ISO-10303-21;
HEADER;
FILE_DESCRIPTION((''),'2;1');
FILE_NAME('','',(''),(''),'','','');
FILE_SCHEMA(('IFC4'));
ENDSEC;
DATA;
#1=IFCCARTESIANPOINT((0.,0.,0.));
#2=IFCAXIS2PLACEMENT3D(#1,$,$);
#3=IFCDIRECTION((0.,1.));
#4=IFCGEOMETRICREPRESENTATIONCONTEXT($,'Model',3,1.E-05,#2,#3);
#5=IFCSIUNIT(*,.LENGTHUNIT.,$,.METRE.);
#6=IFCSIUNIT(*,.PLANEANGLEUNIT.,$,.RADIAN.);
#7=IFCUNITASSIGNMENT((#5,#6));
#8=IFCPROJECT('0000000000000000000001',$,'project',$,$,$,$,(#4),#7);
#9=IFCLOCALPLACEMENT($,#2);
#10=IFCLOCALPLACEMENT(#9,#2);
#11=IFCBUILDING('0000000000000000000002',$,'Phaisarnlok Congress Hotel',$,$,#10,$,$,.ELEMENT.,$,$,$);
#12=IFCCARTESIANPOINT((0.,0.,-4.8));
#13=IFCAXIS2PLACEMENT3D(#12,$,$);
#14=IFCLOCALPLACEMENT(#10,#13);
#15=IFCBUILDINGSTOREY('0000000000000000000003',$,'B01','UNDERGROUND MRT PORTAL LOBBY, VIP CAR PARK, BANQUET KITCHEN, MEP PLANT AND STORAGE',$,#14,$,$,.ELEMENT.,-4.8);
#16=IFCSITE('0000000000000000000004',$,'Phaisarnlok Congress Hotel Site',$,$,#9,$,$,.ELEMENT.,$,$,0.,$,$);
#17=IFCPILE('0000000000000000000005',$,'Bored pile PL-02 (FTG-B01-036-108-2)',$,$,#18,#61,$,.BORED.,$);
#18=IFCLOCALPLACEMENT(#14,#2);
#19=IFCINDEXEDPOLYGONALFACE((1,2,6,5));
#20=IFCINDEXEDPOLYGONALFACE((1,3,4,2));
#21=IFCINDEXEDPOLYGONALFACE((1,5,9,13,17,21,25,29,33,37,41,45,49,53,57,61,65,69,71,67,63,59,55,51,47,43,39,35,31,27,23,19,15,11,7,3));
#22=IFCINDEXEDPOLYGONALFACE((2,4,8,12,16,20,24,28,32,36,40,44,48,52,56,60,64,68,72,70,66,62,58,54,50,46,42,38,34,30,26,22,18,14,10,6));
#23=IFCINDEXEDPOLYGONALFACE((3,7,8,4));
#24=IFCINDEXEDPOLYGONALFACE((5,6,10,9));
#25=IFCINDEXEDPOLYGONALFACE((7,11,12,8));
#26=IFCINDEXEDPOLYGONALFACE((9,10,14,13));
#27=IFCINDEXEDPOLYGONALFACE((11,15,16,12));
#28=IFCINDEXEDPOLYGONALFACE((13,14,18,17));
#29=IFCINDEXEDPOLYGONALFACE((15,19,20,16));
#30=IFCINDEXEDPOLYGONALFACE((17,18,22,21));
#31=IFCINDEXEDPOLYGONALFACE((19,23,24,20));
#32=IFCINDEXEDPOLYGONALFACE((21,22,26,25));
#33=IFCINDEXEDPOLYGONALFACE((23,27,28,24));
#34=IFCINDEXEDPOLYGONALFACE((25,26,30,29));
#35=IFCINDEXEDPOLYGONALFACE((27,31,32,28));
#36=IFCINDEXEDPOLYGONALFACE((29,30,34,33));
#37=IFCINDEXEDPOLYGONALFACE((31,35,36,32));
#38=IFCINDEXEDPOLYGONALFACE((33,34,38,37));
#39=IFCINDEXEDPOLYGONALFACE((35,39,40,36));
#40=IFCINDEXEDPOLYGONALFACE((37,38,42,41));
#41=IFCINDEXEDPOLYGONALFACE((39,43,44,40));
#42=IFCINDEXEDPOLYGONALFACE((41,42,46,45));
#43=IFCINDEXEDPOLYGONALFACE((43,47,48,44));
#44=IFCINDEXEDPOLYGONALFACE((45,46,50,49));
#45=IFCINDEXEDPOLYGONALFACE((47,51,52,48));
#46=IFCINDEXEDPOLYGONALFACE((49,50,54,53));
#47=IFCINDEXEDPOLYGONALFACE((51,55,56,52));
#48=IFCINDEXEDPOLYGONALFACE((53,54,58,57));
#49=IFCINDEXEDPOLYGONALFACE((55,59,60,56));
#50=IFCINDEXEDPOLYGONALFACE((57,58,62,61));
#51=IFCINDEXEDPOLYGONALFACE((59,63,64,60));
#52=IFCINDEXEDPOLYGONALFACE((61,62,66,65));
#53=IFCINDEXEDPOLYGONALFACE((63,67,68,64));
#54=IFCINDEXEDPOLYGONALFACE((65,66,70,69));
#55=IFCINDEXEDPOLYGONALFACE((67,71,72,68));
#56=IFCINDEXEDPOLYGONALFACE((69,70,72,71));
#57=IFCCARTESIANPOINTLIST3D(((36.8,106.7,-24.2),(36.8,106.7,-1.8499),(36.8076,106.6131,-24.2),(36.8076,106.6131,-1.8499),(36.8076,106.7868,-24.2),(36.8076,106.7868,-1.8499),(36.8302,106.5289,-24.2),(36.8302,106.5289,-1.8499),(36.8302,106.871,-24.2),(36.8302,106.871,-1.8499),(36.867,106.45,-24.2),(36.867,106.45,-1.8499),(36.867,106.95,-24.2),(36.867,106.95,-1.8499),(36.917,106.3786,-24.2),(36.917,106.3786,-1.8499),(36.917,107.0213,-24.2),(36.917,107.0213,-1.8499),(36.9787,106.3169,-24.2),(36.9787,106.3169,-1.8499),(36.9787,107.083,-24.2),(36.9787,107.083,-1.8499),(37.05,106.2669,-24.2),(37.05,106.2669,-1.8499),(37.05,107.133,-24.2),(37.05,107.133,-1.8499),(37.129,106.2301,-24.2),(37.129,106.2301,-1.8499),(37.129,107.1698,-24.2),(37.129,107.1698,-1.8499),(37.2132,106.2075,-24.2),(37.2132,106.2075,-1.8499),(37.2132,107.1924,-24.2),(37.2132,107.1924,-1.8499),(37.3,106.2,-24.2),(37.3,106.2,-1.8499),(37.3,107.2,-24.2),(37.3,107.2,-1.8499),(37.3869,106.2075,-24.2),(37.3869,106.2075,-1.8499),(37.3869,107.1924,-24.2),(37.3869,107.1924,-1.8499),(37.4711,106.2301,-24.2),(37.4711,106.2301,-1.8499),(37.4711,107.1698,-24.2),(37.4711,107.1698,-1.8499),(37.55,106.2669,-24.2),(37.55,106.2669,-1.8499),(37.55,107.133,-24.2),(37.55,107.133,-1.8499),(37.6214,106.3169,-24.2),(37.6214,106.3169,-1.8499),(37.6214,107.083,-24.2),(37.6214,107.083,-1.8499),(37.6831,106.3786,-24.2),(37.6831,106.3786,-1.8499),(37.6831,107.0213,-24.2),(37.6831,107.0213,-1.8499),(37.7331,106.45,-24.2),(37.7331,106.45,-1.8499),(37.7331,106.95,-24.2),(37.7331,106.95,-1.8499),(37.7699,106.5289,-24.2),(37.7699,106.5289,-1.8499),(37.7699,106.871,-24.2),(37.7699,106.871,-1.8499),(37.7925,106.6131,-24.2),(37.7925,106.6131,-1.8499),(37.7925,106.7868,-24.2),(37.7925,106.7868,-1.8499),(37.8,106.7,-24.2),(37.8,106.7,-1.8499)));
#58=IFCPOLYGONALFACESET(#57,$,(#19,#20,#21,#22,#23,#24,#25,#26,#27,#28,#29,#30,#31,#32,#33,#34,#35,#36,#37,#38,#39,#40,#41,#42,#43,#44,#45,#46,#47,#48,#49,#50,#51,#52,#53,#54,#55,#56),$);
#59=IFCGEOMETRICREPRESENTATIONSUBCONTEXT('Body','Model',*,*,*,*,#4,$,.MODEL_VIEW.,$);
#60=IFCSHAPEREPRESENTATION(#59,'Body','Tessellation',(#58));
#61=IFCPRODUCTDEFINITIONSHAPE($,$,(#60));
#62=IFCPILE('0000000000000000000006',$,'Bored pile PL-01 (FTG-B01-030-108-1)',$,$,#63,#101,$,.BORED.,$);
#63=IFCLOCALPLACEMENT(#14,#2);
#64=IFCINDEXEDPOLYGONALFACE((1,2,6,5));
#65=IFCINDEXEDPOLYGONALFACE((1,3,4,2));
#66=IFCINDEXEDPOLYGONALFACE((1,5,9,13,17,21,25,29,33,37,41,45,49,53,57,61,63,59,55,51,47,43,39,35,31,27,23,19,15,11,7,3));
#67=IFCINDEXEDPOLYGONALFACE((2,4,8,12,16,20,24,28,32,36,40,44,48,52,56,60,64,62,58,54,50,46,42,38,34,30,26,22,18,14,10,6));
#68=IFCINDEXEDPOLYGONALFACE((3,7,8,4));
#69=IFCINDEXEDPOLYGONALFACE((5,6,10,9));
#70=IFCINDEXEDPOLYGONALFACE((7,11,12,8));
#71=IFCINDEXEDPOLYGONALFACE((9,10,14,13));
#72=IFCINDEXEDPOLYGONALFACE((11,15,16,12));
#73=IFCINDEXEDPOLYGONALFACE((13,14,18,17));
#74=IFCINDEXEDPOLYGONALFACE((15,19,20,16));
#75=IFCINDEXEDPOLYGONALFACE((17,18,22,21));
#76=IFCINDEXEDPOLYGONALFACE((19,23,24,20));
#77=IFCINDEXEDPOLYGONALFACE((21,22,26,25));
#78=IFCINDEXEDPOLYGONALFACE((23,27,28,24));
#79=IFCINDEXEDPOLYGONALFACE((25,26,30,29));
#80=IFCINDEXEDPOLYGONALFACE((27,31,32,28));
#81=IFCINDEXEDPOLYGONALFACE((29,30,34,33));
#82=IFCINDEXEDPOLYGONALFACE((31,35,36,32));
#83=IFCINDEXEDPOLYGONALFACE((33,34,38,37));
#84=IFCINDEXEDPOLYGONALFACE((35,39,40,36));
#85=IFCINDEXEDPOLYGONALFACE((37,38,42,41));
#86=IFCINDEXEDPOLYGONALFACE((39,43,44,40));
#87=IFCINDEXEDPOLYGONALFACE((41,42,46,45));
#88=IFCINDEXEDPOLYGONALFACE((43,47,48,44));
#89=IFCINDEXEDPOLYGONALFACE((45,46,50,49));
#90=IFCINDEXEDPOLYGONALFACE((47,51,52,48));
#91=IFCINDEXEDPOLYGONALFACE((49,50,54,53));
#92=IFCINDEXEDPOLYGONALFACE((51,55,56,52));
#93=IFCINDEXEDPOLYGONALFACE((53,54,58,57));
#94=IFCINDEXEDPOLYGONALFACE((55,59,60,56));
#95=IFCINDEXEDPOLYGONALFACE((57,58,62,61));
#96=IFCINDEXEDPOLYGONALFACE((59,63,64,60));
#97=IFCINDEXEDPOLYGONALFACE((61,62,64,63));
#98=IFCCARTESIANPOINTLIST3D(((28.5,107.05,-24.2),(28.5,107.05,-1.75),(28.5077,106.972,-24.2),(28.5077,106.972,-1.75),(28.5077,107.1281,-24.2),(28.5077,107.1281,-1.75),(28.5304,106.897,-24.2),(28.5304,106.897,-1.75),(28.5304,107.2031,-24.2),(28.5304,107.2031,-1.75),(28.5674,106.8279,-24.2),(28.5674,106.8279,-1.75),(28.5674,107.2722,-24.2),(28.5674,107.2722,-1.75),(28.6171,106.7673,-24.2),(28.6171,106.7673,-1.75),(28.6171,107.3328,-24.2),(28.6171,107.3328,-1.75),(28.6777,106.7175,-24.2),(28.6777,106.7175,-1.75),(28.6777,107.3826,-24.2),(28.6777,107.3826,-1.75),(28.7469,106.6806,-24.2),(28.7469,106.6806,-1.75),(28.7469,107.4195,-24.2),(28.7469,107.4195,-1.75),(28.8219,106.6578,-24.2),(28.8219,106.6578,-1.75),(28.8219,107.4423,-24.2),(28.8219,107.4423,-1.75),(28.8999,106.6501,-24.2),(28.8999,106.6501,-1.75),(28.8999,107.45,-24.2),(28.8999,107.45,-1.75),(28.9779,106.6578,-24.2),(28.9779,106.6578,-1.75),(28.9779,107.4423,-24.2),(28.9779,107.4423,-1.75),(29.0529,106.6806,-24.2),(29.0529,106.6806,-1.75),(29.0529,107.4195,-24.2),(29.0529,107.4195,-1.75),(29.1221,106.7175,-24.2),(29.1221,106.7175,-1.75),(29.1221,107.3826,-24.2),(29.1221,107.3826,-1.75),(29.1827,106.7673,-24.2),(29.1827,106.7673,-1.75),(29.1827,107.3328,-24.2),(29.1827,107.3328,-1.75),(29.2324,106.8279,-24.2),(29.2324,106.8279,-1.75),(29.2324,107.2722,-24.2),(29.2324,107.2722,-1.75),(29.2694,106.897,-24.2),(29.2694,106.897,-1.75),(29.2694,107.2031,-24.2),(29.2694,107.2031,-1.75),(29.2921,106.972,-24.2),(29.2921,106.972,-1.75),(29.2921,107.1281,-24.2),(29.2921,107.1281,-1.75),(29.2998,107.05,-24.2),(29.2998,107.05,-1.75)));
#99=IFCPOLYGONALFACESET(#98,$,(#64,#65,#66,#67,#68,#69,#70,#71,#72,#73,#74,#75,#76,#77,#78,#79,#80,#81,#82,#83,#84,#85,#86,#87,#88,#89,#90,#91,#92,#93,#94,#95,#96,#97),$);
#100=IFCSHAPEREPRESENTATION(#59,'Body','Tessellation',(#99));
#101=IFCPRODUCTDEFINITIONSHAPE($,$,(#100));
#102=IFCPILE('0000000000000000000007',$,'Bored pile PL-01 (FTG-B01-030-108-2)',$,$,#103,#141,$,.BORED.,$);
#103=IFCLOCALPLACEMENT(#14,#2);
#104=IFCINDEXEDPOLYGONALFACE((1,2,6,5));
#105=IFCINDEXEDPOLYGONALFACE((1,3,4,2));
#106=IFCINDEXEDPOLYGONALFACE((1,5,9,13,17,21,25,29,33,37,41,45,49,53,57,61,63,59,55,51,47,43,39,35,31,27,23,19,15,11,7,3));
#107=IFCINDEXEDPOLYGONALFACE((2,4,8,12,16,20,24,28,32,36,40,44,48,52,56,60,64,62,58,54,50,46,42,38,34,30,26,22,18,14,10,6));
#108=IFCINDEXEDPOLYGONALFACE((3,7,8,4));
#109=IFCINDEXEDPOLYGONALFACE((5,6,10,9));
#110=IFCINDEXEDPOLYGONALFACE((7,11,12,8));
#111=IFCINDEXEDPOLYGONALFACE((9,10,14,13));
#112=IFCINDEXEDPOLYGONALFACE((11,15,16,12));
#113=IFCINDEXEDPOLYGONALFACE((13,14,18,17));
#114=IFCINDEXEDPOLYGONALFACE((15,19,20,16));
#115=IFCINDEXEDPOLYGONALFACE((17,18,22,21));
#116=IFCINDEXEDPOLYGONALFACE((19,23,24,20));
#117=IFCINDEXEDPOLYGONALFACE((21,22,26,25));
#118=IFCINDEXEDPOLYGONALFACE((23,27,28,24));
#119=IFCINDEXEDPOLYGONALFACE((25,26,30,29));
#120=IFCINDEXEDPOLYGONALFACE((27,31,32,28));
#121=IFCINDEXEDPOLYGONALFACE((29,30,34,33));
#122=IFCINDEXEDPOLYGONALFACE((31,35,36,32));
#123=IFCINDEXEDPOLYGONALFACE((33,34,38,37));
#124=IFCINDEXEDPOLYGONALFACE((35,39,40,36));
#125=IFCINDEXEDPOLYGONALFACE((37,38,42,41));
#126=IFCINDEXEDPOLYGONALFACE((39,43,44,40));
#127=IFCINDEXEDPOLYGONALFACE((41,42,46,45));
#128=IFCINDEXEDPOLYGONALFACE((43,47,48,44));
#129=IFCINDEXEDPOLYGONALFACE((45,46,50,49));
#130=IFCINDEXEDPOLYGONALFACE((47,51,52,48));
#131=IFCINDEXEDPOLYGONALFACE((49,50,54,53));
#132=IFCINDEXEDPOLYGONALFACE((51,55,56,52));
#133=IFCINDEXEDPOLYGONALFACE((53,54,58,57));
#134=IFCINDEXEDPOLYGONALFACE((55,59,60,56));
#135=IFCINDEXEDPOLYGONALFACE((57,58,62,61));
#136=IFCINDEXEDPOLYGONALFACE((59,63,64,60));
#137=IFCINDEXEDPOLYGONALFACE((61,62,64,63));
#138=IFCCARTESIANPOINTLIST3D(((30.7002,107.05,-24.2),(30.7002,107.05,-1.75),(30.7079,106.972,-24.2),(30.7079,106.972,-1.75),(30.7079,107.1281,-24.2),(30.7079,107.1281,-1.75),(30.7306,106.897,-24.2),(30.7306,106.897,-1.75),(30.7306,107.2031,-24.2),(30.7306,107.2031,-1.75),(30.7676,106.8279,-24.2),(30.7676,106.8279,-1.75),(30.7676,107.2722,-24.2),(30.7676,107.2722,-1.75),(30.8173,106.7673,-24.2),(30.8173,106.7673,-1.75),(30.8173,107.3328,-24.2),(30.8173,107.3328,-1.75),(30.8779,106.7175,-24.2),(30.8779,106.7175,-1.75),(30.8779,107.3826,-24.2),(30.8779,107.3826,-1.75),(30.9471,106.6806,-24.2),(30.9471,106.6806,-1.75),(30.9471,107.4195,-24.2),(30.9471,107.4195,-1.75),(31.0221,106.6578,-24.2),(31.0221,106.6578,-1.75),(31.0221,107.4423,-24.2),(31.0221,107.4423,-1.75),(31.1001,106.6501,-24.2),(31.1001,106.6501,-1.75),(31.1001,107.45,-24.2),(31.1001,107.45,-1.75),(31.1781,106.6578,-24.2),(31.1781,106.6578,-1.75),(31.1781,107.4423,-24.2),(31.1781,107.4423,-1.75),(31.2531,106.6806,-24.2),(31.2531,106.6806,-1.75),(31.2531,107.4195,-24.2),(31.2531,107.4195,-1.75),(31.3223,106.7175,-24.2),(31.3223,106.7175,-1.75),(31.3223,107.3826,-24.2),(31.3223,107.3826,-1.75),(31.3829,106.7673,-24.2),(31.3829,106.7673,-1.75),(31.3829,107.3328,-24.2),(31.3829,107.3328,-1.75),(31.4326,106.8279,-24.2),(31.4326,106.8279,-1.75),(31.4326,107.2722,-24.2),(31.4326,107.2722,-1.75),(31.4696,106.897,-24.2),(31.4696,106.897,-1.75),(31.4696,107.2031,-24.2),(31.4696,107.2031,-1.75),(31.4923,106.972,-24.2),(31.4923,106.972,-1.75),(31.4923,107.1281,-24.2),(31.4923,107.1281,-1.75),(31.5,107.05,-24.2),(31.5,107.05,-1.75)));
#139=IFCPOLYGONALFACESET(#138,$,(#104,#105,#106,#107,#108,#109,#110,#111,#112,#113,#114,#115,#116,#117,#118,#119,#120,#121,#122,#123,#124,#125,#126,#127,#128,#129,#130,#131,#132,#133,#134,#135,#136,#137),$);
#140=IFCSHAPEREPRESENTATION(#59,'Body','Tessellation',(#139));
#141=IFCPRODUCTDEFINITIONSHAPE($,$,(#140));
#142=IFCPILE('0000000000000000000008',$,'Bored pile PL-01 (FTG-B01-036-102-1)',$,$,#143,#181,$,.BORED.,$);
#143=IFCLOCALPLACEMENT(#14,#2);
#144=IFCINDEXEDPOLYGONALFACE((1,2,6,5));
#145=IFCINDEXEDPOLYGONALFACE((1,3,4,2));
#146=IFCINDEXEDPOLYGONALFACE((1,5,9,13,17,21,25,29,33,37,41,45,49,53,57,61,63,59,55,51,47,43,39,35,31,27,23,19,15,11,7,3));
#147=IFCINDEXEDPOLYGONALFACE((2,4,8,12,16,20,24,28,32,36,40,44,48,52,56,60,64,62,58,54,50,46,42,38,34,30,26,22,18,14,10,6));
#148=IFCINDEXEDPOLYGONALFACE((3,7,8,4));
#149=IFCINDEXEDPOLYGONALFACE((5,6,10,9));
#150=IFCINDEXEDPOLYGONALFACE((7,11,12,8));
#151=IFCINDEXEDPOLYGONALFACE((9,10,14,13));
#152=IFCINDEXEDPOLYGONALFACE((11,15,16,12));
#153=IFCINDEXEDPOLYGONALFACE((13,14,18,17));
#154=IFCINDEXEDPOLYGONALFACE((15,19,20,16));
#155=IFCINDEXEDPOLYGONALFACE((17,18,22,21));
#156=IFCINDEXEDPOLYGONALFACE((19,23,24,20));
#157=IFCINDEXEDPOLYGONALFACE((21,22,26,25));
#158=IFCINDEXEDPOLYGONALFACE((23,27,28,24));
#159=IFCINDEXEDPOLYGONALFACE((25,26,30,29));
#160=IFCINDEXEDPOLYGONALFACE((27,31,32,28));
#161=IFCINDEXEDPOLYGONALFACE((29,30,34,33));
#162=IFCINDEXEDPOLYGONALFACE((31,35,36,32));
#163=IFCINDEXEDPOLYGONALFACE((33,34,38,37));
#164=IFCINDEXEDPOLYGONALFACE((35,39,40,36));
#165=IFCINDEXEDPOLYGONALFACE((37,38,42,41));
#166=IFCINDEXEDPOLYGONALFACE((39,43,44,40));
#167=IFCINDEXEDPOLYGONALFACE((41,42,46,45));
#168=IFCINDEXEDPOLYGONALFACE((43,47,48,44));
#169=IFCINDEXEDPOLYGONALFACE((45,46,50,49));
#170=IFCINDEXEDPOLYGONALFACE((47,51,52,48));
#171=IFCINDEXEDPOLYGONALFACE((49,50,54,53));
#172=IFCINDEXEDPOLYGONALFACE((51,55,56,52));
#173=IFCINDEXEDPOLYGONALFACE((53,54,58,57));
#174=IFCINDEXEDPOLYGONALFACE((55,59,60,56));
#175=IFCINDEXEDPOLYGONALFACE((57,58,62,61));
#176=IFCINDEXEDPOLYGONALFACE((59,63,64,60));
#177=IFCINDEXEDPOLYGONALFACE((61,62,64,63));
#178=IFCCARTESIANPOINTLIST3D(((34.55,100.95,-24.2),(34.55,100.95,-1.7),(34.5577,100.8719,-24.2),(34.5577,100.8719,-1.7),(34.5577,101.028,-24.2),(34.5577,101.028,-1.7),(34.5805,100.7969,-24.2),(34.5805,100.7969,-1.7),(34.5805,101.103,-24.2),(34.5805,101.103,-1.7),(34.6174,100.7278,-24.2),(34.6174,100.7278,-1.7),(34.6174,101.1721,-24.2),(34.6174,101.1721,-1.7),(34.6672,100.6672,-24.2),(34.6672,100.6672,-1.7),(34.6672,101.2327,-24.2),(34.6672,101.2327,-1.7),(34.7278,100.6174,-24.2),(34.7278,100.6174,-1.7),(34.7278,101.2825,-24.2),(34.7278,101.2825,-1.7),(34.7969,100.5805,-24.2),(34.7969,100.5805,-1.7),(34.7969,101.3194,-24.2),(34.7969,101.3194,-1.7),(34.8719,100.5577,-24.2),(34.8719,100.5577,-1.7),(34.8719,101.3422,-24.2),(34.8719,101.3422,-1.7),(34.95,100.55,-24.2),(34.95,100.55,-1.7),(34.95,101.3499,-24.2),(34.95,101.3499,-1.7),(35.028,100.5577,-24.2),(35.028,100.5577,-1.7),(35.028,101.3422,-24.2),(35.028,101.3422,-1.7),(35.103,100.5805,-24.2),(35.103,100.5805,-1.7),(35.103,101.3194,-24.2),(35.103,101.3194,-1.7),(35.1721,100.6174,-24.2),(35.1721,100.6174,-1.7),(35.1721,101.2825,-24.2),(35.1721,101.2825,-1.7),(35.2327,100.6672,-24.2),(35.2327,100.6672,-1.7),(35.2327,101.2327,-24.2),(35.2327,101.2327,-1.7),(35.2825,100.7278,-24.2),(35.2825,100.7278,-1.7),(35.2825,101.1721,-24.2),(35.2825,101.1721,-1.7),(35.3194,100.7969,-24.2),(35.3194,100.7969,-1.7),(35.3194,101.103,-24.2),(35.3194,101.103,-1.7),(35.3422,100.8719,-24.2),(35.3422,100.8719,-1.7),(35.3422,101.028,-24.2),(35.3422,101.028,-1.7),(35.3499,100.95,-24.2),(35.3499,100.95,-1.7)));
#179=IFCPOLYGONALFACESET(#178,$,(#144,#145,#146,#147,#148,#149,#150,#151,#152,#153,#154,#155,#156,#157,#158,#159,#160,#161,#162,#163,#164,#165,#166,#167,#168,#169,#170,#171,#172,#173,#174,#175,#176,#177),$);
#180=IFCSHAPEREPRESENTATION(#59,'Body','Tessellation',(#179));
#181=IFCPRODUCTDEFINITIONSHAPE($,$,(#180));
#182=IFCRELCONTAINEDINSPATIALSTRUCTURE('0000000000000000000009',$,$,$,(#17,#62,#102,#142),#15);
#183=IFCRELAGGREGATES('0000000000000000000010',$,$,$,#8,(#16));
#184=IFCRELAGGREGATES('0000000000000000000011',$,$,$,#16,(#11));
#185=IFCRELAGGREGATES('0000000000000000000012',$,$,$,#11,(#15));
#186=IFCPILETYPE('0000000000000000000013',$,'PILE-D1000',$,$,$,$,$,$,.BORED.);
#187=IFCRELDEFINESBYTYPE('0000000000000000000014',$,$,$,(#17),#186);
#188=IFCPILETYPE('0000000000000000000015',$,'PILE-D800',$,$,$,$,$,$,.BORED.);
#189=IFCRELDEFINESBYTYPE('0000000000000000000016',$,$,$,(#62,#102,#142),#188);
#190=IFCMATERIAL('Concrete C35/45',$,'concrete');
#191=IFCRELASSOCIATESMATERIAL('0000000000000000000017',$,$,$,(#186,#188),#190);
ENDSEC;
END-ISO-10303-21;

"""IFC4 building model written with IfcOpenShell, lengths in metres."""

from ifc_helpers import new_model, si_unit, direction, frame, origin, origin_2d, place, context, subcontext, project, spatial, circle, extrude, material, material_profile, profile_set, type_object, element, save


model = new_model("IFC4")

# Units and contexts
model_context = context("Model", 3, precision=1e-05, world=origin(), true_north=direction((0.0, 1.0)))
body_context = subcontext(model_context, "Body", "Model", "MODEL_VIEW")
ifc_project = project(units=[si_unit("LENGTHUNIT", "METRE"), si_unit("PLANEANGLEUNIT", "RADIAN")], contexts=[model_context])

# Site, building, storey
site_placement = place(None, origin())
site = spatial("IfcSite", under=ifc_project, at=site_placement, Name="Phaisarnlok Congress Hotel Site", CompositionType="ELEMENT", RefElevation=0.0)
building_placement = place(site_placement, origin())
building = spatial("IfcBuilding", under=site, at=building_placement, Name="Phaisarnlok Congress Hotel", CompositionType="ELEMENT")
storey_placement = place(building_placement, frame((0.0, 0.0, -4.8)))
storey = spatial("IfcBuildingStorey", under=building, at=storey_placement, Name="B01", Description="UNDERGROUND MRT PORTAL LOBBY, VIP CAR PARK, BANQUET KITCHEN, MEP PLANT AND STORAGE", CompositionType="ELEMENT", Elevation=-4.8)

# Piles
ifc_material_1 = material(Name="Concrete C35/45", Category="concrete")
ifc_material_profile_1 = material_profile(ifc_material_1, circle(Radius=0.5, at=origin_2d()), Name="BORED PILE D1000")
ifc_profile_set_1 = profile_set([ifc_material_profile_1], Name="Concrete C35/45")
pile_type_1 = type_object("IfcPileType", Name="PILE-D1000", PredefinedType="BORED", material=ifc_profile_set_1)
for number, where, z_axis, x_axis, name in (
    (1, (37.3, 106.7, -1.8499), (0.0, 0.0, -1.0), (1.0, 0.0, 0.0), "Bored pile PL-02 (FTG-B01-036-108-2)"),
):
    element("IfcPile", number, at=place(storey_placement, frame(where, z_axis=z_axis, x_axis=x_axis)), inside=storey, type_object=pile_type_1, Name=name, PredefinedType="BORED", context=body_context, shape_type="SweptSolid", body=[
        extrude(circle(Radius=0.5, at=origin_2d()), origin(), (0.0, 0.0, 1.0), 22.3501),
    ])
ifc_material_profile_2 = material_profile(ifc_material_1, circle(Radius=0.3999, at=origin_2d()), Name="BORED PILE D800")
ifc_profile_set_2 = profile_set([ifc_material_profile_2], Name="Concrete C35/45")
pile_type_2 = type_object("IfcPileType", Name="PILE-D800", PredefinedType="BORED", material=ifc_profile_set_2)
for number, where, z_axis, x_axis, name in (
    (2, (28.8999, 107.05, -1.75), (0.0, 0.0, -1.0), (1.0, 0.0, 0.0), "Bored pile PL-01 (FTG-B01-030-108-1)"),
    (3, (31.1001, 107.05, -1.75), (0.0, 0.0, -1.0), (1.0, 0.0, 0.0), "Bored pile PL-01 (FTG-B01-030-108-2)"),
):
    element("IfcPile", number, at=place(storey_placement, frame(where, z_axis=z_axis, x_axis=x_axis)), inside=storey, type_object=pile_type_2, Name=name, PredefinedType="BORED", context=body_context, shape_type="SweptSolid", body=[
        extrude(circle(Radius=0.3999, at=origin_2d()), origin(), (0.0, 0.0, 1.0), 22.45),
    ])
for number, where, z_axis, x_axis, name in (
    (4, (34.95, 100.95, -1.7), (0.0, 0.0, -1.0), (1.0, 0.0, 0.0), "Bored pile PL-01 (FTG-B01-036-102-1)"),
):
    element("IfcPile", number, at=place(storey_placement, frame(where, z_axis=z_axis, x_axis=x_axis)), inside=storey, type_object=pile_type_2, Name=name, PredefinedType="BORED", context=body_context, shape_type="SweptSolid", body=[
        extrude(circle(Radius=0.3999, at=origin_2d()), origin(), (0.0, 0.0, 1.0), 22.5),
    ])

save(model, "model.ifc")
